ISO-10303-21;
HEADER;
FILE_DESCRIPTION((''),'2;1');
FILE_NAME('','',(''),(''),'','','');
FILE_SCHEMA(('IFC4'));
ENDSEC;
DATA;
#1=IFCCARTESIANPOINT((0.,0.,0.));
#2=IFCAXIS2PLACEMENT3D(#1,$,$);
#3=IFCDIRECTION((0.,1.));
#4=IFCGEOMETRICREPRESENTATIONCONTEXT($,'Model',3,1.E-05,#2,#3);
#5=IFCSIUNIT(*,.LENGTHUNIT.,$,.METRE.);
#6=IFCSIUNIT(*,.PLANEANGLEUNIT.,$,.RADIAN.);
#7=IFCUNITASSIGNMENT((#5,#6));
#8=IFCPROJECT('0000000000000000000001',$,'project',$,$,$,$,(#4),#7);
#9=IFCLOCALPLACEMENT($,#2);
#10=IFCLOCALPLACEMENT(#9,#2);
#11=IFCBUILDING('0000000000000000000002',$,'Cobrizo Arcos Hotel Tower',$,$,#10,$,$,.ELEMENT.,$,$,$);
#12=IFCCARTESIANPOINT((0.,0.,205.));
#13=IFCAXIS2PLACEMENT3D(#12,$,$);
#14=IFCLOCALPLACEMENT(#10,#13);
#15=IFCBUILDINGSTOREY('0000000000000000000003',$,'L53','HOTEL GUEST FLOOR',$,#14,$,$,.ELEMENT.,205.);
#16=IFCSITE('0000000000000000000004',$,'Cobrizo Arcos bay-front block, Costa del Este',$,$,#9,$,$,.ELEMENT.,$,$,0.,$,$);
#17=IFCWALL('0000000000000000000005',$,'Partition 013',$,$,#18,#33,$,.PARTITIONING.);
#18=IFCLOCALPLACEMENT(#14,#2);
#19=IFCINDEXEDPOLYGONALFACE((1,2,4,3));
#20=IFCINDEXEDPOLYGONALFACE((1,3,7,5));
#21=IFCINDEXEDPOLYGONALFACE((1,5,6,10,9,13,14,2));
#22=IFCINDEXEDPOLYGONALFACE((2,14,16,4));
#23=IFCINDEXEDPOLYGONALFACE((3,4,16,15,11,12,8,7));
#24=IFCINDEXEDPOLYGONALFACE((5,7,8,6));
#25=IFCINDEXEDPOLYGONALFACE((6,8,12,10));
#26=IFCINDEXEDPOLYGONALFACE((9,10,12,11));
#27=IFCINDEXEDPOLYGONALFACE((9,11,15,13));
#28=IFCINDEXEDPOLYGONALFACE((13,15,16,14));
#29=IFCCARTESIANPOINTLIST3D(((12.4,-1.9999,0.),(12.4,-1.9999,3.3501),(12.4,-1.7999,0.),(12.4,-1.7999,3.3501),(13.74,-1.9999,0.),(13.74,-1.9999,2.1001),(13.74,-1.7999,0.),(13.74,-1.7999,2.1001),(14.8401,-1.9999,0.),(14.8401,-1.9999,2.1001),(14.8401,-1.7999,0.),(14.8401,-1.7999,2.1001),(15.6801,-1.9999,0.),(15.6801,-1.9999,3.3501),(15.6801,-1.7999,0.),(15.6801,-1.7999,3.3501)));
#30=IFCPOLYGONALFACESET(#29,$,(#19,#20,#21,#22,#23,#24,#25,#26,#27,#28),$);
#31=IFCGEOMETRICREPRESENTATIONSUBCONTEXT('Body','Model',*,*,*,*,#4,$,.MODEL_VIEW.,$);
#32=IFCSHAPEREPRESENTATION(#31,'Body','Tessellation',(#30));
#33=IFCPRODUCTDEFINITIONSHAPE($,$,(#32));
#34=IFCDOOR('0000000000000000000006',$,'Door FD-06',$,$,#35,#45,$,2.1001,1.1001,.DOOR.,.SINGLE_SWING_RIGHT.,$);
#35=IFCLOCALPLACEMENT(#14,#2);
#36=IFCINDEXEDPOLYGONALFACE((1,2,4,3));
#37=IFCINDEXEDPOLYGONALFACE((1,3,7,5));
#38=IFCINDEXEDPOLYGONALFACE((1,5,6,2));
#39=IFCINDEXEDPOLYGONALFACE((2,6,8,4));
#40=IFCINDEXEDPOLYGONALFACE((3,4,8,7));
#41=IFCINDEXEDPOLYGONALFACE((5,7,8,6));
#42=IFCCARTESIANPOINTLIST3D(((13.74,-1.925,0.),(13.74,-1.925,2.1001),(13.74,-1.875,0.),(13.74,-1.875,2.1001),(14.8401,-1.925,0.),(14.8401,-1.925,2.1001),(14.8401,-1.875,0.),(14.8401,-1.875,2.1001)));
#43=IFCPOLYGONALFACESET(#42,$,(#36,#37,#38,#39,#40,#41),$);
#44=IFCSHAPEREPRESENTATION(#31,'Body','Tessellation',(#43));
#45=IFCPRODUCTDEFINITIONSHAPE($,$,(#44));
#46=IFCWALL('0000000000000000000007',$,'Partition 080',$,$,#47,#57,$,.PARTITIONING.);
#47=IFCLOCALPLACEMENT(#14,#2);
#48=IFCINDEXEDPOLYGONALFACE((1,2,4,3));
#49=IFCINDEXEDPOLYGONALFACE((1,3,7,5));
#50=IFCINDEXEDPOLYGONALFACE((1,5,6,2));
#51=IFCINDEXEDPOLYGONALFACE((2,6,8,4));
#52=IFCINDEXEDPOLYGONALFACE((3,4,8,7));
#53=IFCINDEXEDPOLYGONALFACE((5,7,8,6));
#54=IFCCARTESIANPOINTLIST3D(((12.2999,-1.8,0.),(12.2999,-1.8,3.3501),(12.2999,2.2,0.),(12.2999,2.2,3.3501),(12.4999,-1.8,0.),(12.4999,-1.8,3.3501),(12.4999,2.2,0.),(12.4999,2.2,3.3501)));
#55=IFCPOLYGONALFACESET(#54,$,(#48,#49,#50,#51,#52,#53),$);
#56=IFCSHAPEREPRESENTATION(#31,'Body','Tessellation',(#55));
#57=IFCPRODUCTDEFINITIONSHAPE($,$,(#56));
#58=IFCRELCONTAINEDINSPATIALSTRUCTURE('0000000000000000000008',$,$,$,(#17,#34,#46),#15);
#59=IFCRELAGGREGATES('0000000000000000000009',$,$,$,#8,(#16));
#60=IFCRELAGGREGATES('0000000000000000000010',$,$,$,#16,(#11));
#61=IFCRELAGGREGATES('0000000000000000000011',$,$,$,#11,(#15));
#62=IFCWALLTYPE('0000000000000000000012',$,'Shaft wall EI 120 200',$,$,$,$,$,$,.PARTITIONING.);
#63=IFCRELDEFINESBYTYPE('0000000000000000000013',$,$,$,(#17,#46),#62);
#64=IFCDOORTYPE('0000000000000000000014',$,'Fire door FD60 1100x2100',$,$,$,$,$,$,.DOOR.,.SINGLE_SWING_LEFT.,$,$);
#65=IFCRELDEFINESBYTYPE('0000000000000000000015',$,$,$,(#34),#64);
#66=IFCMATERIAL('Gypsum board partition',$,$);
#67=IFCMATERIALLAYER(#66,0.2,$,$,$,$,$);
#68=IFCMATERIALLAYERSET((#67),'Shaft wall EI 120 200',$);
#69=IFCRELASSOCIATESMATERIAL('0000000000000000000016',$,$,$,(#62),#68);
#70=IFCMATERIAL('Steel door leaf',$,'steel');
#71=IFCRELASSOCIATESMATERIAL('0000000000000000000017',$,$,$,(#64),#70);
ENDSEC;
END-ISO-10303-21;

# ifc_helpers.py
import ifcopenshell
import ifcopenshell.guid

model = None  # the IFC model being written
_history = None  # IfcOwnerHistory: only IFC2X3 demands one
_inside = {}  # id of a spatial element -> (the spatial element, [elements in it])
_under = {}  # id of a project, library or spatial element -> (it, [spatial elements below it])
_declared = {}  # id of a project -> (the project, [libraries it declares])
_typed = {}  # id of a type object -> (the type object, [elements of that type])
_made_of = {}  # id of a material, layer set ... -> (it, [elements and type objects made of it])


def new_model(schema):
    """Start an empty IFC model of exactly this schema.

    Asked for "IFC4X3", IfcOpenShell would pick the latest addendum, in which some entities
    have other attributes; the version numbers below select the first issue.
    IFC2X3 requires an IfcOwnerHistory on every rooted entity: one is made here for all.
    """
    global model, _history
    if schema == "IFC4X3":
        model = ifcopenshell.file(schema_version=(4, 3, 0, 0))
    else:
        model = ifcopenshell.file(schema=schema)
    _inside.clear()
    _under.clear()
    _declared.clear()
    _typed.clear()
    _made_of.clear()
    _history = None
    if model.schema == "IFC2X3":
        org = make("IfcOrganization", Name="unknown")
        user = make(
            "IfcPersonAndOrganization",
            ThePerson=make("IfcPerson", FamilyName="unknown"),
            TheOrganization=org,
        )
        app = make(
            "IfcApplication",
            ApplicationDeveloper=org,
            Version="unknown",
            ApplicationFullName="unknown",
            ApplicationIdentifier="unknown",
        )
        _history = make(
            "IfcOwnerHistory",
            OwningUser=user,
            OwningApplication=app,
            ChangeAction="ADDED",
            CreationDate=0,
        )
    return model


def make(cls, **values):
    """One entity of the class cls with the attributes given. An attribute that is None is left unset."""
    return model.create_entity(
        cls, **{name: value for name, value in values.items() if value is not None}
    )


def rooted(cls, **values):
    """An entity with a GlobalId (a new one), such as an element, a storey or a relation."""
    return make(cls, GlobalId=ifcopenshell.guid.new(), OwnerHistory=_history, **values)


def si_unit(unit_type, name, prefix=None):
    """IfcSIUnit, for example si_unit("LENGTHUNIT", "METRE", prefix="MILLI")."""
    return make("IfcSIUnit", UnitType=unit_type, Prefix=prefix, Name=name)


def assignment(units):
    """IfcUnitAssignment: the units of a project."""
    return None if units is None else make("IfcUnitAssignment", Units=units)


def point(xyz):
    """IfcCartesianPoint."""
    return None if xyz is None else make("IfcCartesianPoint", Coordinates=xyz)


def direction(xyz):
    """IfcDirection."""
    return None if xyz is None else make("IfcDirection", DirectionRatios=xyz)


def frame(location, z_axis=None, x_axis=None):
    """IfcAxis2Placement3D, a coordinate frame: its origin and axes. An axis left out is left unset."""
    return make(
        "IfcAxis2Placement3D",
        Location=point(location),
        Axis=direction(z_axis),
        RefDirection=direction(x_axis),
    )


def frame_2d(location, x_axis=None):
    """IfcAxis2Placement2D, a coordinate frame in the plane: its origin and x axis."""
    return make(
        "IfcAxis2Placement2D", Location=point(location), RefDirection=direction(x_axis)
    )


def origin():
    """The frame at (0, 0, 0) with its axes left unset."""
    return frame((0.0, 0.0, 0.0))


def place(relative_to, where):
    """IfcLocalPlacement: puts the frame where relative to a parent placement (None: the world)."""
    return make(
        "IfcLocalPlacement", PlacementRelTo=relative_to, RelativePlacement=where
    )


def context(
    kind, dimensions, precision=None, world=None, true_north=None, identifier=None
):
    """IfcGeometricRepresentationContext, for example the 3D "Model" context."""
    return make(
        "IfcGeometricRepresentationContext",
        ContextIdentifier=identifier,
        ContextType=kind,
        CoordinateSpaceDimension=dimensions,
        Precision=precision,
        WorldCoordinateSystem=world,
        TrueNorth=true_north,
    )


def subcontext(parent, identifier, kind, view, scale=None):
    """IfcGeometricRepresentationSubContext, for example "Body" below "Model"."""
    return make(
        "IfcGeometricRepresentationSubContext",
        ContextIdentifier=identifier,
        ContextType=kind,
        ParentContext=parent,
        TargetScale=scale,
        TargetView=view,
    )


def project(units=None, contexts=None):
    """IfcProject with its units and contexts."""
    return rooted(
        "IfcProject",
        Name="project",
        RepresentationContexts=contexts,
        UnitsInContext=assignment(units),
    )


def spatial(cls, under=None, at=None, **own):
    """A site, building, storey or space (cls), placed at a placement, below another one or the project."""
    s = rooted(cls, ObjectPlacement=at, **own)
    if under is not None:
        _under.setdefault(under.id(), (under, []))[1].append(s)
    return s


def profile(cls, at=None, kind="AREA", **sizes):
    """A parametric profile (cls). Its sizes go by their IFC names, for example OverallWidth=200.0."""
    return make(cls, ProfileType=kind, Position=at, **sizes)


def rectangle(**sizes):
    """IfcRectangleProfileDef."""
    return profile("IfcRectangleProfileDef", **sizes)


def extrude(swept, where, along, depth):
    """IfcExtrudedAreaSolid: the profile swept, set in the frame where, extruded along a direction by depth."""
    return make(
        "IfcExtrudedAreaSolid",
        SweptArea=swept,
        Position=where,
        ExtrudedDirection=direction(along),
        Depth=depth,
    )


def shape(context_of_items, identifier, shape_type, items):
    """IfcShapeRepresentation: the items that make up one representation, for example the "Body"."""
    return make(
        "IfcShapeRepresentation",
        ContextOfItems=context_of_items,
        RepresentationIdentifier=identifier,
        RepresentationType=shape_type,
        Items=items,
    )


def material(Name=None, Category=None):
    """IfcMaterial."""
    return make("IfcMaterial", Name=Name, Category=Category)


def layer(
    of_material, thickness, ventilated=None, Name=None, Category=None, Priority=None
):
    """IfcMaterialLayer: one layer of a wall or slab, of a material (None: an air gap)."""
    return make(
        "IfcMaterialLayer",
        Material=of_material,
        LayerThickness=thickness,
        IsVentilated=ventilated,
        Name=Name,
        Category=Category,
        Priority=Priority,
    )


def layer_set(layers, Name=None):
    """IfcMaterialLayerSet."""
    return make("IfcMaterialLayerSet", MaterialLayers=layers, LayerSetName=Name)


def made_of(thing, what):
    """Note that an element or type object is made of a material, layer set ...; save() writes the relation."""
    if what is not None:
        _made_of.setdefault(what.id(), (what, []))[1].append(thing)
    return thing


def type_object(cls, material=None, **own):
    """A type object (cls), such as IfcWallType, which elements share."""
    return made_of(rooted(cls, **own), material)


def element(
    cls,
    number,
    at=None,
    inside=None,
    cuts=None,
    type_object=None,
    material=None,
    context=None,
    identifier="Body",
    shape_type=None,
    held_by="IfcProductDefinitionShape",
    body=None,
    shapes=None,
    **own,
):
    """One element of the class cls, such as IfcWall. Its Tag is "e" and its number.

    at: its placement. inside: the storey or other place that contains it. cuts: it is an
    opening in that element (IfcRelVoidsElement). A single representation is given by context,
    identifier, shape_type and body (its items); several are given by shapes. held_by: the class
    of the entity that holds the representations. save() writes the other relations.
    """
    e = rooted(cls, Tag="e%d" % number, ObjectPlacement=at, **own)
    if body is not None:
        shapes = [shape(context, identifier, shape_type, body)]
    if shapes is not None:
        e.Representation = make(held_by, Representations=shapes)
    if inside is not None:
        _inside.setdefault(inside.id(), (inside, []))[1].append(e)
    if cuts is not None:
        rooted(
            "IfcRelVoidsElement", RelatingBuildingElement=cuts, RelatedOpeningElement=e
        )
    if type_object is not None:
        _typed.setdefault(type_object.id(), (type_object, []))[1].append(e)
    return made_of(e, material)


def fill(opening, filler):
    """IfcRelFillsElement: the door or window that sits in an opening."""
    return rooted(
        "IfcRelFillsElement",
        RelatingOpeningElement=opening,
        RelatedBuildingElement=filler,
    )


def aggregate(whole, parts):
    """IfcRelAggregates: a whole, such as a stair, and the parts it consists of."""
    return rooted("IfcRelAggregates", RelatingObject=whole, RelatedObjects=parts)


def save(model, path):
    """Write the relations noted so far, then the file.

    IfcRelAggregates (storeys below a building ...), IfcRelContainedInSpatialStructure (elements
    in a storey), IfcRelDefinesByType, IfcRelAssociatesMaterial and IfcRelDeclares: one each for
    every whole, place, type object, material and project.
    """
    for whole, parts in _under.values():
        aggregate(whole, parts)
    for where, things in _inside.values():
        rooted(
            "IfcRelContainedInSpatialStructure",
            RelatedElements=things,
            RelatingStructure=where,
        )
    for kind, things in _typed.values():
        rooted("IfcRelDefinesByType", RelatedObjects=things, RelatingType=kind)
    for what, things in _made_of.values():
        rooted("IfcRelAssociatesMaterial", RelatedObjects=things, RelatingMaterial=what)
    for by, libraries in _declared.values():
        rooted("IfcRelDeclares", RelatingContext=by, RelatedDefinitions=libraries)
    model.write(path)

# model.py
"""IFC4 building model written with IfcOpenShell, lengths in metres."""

from ifc_helpers import new_model, si_unit, direction, frame, frame_2d, origin, place, context, subcontext, project, spatial, rectangle, extrude, material, layer, layer_set, type_object, element, fill, save


model = new_model("IFC4")

# Units and contexts
model_context = context("Model", 3, precision=1e-05, world=origin(), true_north=direction((0.0, 1.0)))
body_context = subcontext(model_context, "Body", "Model", "MODEL_VIEW")
ifc_project = project(units=[si_unit("LENGTHUNIT", "METRE"), si_unit("PLANEANGLEUNIT", "RADIAN")], contexts=[model_context])

# Site, building, storey
site_placement = place(None, origin())
site = spatial("IfcSite", under=ifc_project, at=site_placement, Name="Cobrizo Arcos bay-front block, Costa del Este", CompositionType="ELEMENT", RefElevation=0.0)
building_placement = place(site_placement, origin())
building = spatial("IfcBuilding", under=site, at=building_placement, Name="Cobrizo Arcos Hotel Tower", CompositionType="ELEMENT")
storey_placement = place(building_placement, frame((0.0, 0.0, 205.0)))
storey = spatial("IfcBuildingStorey", under=building, at=storey_placement, Name="L53", Description="HOTEL GUEST FLOOR", CompositionType="ELEMENT", Elevation=205.0)

# Shared definitions
ifc_material_1 = material(Name="Gypsum board partition")

# Wall, opening, door
ifc_layer_1 = layer(ifc_material_1, 0.2)
ifc_layer_set_1 = layer_set([ifc_layer_1], Name="Shaft wall EI 120 200")
wall_type_1 = type_object("IfcWallType", Name="Shaft wall EI 120 200", PredefinedType="PARTITIONING", material=ifc_layer_set_1)
wall_1_placement = place(storey_placement, frame((12.3999, -1.8999, 0.0), z_axis=(0.0, 0.0, 1.0), x_axis=(1.0, 0.0, 0.0)))
wall_1 = element("IfcWall", 1, at=wall_1_placement, inside=storey, type_object=wall_type_1, Name="Partition 013", PredefinedType="PARTITIONING", context=body_context, shape_type="SweptSolid", body=[
    extrude(rectangle(XDim=3.28, YDim=0.2, at=frame_2d((1.6401, 0.0))), origin(), (0.0, 0.0, 1.0), 3.3501),
])
opening_1_placement = place(wall_1_placement, frame((1.3401, 0.0, 0.0)))
opening_1 = element("IfcOpeningElement", 2, at=opening_1_placement, cuts=wall_1, PredefinedType="OPENING", context=body_context, shape_type="SweptSolid", body=[
    extrude(rectangle(XDim=1.1001, YDim=2.1001, at=frame_2d((0.55, 1.05))), frame((0.0, 0.1121, 0.0), z_axis=(0.0, -1.0, 0.0), x_axis=(1.0, 0.0, 0.0)), (0.0, 0.0, 1.0), 0.2239),
])
ifc_material_2 = material(Name="Steel door leaf", Category="steel")
door_type_1 = type_object("IfcDoorType", Name="Fire door FD60 1100x2100", OperationType="SINGLE_SWING_LEFT", PredefinedType="DOOR", material=ifc_material_2)
door_1_placement = place(opening_1_placement, origin())
door_1 = element("IfcDoor", 3, at=door_1_placement, inside=storey, type_object=door_type_1, Name="Door FD-06", OperationType="SINGLE_SWING_RIGHT", OverallHeight=2.1001, OverallWidth=1.1001, PredefinedType="DOOR", context=body_context, shape_type="SweptSolid", body=[
    extrude(rectangle(XDim=1.1001, YDim=2.1001, at=frame_2d((0.55, 1.05))), frame((0.0, 0.0249, 0.0), z_axis=(0.0, -1.0, 0.0), x_axis=(1.0, 0.0, 0.0)), (0.0, 0.0, 1.0), 0.05),
])
fill(opening_1, door_1)

# Wall
wall_2_placement = place(storey_placement, frame((12.3999, -1.8, 0.0), z_axis=(0.0, 0.0, 1.0), x_axis=(0.0, 1.0, 0.0)))
element("IfcWall", 4, at=wall_2_placement, inside=storey, type_object=wall_type_1, Name="Partition 080", PredefinedType="PARTITIONING", context=body_context, shape_type="SweptSolid", body=[
    extrude(rectangle(XDim=4.0, YDim=0.2, at=frame_2d((2.0, 0.0))), origin(), (0.0, 0.0, 1.0), 3.3501),
])

save(model, "model.ifc")
